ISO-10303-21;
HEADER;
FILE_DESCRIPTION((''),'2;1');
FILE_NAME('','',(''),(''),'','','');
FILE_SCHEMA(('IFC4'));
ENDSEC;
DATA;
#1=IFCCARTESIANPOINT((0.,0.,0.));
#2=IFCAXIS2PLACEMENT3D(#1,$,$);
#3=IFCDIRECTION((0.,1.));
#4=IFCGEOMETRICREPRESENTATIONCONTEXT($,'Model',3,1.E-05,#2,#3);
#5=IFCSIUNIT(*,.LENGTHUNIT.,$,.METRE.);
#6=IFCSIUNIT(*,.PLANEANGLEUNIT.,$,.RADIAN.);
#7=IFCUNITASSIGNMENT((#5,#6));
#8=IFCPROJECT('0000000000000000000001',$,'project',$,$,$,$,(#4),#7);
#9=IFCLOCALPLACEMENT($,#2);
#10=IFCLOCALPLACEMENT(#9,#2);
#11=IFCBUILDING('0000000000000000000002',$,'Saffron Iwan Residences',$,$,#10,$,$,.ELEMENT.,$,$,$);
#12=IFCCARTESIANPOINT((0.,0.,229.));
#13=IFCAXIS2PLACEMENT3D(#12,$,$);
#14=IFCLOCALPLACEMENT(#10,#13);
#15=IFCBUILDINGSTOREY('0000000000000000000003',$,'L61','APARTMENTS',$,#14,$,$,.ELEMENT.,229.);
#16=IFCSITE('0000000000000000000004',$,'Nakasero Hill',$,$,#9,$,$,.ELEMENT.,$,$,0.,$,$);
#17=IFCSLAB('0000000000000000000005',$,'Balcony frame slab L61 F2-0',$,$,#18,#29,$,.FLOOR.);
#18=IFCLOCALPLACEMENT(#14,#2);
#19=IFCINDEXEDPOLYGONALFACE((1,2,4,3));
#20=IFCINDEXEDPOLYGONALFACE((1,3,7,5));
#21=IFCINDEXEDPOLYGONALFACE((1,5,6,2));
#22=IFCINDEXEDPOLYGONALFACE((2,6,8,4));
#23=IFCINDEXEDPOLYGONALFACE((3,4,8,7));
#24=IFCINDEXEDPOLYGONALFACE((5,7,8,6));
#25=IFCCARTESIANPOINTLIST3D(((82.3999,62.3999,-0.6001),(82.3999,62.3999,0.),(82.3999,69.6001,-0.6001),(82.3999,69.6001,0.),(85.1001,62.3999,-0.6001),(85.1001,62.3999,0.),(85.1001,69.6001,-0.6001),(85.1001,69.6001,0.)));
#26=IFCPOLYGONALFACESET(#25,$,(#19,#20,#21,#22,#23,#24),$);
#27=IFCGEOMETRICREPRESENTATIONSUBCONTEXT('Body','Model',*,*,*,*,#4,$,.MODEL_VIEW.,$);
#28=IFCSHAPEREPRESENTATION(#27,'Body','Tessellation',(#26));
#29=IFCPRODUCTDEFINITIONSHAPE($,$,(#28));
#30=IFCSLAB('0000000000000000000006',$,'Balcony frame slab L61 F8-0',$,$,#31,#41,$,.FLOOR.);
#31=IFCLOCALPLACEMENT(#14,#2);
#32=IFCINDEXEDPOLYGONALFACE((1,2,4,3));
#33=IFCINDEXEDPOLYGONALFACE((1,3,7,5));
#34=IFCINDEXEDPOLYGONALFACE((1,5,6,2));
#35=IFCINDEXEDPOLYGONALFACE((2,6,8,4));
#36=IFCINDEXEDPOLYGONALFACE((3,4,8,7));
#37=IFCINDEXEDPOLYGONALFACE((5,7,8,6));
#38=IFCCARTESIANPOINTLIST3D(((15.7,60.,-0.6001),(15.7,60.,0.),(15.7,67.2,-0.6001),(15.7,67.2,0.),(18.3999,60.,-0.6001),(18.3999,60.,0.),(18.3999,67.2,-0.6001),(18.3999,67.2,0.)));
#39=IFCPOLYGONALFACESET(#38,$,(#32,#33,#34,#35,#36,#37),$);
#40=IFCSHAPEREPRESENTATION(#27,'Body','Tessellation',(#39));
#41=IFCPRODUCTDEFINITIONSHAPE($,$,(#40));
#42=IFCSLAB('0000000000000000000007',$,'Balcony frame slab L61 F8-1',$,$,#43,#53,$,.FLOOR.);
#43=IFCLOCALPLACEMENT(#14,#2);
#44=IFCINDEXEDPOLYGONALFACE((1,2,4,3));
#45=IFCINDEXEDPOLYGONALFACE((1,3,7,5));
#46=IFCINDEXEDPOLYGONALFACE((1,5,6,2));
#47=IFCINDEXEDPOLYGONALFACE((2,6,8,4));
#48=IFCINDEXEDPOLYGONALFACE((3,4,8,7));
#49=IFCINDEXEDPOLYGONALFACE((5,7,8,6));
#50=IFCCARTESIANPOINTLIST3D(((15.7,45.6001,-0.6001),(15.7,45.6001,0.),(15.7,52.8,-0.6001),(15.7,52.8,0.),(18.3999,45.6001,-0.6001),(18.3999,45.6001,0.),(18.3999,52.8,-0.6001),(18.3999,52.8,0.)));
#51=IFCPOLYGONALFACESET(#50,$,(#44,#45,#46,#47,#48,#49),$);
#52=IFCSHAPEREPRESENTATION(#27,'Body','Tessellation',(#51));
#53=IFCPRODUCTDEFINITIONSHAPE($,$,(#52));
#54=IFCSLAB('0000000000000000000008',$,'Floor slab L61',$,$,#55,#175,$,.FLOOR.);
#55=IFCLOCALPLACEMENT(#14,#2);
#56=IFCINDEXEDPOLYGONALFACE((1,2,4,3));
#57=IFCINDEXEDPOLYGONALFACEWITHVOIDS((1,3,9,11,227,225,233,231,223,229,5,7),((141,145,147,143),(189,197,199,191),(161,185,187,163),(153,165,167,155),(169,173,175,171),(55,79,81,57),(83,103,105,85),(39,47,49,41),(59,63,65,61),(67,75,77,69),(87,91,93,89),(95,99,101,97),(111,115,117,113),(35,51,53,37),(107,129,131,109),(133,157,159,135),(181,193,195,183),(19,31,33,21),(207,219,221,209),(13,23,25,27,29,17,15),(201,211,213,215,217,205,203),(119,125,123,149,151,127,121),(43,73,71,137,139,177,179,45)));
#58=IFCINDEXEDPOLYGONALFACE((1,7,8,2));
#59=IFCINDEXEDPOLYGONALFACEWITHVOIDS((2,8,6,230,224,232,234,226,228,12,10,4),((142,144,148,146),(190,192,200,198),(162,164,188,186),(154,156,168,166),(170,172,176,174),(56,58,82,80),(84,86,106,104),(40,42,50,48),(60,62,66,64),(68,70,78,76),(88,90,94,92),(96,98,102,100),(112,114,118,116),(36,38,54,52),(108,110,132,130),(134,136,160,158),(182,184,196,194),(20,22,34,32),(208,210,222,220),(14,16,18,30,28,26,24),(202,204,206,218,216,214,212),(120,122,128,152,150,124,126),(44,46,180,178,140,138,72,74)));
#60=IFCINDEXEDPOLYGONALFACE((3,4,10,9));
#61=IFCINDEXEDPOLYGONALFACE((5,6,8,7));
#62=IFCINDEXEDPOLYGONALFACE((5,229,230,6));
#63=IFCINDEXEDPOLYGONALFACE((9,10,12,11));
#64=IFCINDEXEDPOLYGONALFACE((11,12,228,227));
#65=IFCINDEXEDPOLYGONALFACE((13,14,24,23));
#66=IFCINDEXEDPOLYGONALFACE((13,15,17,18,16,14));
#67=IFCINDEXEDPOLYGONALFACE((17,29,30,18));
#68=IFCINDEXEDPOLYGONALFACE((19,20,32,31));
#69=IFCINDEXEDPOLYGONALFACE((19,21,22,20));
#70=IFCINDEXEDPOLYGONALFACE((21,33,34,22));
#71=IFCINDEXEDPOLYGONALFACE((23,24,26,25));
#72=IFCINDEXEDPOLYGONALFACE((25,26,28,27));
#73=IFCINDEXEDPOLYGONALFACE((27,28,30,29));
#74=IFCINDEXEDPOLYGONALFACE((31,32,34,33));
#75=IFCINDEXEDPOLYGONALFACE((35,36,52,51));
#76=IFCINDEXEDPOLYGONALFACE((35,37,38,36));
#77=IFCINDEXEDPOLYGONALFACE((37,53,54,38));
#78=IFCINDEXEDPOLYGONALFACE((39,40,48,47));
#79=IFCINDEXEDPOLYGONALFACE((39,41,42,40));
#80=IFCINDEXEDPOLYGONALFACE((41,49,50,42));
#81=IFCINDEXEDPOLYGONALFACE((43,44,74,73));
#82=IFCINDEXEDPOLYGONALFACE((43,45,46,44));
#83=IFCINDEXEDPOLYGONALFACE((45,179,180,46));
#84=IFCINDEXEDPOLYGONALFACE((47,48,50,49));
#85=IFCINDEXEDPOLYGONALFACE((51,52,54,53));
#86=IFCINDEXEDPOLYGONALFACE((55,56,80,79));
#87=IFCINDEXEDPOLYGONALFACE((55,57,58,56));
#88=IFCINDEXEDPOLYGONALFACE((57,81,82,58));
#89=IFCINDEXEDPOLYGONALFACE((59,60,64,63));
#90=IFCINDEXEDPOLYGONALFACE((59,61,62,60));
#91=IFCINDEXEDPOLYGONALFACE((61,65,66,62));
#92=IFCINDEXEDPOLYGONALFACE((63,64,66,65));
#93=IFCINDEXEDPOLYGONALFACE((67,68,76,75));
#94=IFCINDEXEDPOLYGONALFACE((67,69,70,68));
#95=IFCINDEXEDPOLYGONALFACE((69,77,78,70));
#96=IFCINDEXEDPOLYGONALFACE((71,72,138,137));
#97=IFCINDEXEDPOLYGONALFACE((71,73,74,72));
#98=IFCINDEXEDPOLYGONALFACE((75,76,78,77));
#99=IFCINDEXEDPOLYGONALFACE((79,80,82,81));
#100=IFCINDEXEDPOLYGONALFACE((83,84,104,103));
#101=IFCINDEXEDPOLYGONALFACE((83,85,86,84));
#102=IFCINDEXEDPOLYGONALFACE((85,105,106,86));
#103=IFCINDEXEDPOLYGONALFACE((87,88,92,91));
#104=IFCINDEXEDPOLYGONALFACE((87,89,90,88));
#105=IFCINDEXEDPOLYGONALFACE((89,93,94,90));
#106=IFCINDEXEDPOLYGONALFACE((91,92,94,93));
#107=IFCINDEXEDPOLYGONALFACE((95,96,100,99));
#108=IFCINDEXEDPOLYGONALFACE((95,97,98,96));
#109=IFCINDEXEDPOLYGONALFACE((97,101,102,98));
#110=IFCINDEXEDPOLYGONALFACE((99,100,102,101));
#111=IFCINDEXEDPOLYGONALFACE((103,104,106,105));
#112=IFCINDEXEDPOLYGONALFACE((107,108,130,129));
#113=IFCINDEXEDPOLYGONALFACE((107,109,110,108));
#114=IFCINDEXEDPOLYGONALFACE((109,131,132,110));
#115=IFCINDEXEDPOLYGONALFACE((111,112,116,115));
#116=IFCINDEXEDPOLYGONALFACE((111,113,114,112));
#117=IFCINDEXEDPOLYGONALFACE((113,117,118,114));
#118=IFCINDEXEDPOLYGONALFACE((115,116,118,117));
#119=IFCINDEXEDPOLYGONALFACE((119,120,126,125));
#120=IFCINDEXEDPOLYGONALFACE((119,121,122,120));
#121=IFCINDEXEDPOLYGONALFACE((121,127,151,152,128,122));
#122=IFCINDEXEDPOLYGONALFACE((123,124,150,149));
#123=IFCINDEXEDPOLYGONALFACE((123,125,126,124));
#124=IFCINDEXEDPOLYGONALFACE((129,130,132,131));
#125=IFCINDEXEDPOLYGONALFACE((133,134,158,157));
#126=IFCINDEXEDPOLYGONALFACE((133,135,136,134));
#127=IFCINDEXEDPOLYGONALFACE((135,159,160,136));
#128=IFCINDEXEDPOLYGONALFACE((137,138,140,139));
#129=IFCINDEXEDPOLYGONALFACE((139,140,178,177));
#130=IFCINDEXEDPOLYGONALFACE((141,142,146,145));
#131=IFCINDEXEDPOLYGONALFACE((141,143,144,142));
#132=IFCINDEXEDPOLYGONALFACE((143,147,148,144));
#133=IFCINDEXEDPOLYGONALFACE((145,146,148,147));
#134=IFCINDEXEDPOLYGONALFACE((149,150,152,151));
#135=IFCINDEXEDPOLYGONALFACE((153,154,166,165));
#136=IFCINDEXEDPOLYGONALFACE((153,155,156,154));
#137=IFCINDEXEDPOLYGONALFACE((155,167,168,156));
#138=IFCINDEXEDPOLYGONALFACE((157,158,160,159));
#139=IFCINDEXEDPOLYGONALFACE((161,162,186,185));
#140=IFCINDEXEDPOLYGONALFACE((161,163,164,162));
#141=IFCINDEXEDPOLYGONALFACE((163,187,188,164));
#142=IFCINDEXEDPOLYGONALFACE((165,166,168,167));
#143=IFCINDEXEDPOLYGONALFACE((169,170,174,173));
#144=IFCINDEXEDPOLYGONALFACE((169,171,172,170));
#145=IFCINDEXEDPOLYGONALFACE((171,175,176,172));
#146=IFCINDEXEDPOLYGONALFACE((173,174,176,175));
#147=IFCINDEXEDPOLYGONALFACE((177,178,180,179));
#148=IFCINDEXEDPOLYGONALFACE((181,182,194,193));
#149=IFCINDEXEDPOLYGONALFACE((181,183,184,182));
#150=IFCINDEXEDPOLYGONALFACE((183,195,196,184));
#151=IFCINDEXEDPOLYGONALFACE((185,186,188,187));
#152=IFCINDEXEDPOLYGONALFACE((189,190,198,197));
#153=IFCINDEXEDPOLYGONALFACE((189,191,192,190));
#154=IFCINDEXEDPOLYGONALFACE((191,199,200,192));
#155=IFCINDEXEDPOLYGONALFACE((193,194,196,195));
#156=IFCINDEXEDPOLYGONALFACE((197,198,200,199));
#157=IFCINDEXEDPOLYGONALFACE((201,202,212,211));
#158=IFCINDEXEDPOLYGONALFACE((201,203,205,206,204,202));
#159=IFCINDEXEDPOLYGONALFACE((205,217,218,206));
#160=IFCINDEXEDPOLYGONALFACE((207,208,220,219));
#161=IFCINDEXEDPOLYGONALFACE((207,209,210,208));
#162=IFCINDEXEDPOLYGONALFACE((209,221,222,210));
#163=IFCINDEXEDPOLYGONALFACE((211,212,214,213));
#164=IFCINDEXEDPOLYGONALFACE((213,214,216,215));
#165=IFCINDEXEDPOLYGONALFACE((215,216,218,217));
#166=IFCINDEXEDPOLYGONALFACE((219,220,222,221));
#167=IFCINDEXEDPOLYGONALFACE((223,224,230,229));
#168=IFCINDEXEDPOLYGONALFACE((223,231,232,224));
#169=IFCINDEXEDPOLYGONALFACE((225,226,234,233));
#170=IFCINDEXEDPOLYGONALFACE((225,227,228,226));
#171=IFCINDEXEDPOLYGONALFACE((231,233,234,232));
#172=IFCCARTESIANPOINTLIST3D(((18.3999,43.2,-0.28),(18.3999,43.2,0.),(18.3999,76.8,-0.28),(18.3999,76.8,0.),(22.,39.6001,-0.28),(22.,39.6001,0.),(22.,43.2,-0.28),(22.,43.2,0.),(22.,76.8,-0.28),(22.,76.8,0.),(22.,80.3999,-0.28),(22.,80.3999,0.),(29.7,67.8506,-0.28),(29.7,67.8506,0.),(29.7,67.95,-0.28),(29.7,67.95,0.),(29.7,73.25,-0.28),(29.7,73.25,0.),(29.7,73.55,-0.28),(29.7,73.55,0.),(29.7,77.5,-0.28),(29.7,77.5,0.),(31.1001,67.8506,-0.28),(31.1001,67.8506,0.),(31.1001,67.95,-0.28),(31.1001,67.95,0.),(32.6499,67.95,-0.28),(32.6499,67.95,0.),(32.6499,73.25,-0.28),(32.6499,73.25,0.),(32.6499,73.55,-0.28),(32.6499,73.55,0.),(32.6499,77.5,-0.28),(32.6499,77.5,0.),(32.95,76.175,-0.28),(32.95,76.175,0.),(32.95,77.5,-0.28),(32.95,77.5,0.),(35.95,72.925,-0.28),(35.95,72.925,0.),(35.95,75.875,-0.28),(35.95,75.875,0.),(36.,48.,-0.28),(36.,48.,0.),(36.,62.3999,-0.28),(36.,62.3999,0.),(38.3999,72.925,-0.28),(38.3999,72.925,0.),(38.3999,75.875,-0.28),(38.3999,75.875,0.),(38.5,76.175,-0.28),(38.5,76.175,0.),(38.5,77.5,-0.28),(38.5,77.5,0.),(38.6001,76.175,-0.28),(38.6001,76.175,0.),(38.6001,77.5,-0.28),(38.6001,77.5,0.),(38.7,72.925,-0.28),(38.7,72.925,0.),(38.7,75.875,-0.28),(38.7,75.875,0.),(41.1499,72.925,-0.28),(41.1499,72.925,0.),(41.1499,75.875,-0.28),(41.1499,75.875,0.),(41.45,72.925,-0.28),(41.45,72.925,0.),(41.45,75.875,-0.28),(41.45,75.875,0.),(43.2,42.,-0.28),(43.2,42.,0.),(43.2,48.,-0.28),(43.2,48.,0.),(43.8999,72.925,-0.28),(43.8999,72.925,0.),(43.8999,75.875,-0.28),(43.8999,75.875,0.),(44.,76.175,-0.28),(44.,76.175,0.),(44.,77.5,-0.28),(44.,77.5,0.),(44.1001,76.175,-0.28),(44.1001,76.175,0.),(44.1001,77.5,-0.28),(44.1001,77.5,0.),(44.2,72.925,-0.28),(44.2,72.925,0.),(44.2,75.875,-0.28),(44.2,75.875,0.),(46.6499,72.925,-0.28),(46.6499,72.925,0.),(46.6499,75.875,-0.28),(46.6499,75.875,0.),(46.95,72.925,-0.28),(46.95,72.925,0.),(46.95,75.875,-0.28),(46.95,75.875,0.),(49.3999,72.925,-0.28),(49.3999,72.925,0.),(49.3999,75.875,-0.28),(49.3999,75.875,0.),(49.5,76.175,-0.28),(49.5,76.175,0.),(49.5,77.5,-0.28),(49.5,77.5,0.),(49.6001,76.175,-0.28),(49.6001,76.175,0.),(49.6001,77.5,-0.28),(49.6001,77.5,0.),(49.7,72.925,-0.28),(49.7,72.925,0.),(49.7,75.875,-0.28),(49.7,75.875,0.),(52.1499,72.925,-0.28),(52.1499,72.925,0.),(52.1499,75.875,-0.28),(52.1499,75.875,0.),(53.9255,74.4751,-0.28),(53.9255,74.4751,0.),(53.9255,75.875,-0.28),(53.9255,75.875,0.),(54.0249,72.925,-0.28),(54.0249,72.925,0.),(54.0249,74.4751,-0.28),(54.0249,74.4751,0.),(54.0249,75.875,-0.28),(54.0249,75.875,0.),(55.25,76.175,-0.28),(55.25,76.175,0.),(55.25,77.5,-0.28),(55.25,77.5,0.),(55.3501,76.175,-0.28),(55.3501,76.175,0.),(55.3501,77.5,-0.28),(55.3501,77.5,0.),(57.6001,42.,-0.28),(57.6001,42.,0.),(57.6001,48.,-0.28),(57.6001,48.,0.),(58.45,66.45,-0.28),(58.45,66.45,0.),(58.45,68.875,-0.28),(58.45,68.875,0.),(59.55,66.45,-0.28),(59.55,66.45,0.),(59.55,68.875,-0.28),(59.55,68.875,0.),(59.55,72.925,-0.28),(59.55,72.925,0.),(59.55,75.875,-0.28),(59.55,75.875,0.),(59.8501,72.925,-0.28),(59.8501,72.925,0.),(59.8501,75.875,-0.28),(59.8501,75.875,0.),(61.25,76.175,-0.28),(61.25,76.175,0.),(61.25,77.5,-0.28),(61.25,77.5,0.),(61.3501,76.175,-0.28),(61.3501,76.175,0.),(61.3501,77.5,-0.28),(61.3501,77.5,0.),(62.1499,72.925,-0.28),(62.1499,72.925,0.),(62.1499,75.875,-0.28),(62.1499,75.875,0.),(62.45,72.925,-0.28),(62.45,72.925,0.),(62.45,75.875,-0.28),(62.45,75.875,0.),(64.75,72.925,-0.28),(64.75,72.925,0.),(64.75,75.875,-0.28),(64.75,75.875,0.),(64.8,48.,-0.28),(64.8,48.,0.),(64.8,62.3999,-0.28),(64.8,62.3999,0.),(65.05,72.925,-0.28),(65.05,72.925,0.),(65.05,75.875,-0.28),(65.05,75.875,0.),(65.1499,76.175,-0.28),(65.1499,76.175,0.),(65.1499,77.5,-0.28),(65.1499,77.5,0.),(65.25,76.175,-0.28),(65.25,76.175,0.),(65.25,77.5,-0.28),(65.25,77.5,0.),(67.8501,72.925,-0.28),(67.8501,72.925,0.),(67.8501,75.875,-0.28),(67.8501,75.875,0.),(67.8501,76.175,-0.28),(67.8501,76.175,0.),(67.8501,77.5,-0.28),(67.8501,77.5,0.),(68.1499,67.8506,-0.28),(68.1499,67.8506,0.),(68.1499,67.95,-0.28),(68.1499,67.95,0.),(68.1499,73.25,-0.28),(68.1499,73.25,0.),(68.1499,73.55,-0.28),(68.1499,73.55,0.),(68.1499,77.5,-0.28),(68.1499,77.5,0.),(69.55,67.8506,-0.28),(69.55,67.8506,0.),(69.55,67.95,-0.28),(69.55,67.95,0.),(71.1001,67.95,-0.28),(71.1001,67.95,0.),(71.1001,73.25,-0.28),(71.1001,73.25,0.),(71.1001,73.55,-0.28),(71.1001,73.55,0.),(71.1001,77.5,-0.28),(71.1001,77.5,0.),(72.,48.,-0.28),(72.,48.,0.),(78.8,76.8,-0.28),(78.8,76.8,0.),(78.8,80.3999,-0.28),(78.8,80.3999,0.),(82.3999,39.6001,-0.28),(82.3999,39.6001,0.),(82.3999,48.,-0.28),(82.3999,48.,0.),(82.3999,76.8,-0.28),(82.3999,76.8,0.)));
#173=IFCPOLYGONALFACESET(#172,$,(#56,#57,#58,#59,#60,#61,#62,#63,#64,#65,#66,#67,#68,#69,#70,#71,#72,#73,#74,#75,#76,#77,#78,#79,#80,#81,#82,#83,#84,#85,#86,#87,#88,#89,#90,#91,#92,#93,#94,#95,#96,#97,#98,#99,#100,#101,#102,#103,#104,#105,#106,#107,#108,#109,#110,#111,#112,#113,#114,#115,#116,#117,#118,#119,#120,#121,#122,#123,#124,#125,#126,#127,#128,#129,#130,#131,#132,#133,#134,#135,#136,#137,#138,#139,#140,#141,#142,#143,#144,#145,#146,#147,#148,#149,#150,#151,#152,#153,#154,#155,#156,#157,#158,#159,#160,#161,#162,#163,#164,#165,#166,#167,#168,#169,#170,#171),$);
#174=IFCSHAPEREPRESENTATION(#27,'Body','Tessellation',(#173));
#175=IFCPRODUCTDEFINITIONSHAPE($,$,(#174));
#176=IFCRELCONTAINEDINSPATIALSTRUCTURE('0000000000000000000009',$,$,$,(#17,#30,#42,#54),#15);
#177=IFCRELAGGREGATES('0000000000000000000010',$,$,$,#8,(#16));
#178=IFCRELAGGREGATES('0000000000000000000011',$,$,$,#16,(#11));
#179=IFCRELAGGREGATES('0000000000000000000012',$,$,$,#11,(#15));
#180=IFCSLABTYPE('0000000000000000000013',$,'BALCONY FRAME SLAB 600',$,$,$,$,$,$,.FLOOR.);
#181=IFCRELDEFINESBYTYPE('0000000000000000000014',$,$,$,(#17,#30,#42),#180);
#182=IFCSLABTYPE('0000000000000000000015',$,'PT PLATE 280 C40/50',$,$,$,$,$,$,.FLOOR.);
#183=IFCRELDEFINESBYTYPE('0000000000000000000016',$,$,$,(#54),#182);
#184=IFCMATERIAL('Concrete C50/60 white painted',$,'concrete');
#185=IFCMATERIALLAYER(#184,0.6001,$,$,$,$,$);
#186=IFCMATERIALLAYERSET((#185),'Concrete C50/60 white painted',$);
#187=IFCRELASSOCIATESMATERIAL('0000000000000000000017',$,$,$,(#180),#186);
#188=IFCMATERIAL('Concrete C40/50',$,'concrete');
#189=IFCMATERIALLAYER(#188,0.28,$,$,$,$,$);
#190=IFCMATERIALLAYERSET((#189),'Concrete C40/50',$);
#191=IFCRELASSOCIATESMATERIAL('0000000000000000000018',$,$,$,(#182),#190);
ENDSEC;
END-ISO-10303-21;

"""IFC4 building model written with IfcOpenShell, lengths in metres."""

from ifc_helpers import new_model, si_unit, direction, frame, origin, place, context, subcontext, project, spatial, polyline, outline, extrude, material, layer, layer_set, type_object, element, save


model = new_model("IFC4")

# Units and contexts
model_context = context("Model", 3, precision=1e-05, world=origin(), true_north=direction((0.0, 1.0)))
body_context = subcontext(model_context, "Body", "Model", "MODEL_VIEW")
ifc_project = project(units=[si_unit("LENGTHUNIT", "METRE"), si_unit("PLANEANGLEUNIT", "RADIAN")], contexts=[model_context])

# Site, building, storey
site_placement = place(None, origin())
site = spatial("IfcSite", under=ifc_project, at=site_placement, Name="Nakasero Hill", CompositionType="ELEMENT", RefElevation=0.0)
building_placement = place(site_placement, origin())
building = spatial("IfcBuilding", under=site, at=building_placement, Name="Saffron Iwan Residences", CompositionType="ELEMENT")
storey_placement = place(building_placement, frame((0.0, 0.0, 229.0)))
storey = spatial("IfcBuildingStorey", under=building, at=storey_placement, Name="L61", Description="APARTMENTS", CompositionType="ELEMENT", Elevation=229.0)

# Slabs
ifc_material_1 = material(Name="Concrete C50/60 white painted", Category="concrete")
ifc_layer_1 = layer(ifc_material_1, 0.6001)
ifc_layer_set_1 = layer_set([ifc_layer_1], Name="Concrete C50/60 white painted")
slab_type_1 = type_object("IfcSlabType", Name="BALCONY FRAME SLAB 600", PredefinedType="FLOOR", material=ifc_layer_set_1)
slab_1_placement = place(storey_placement, frame((0.0, 0.0, -0.6001)))
element("IfcSlab", 1, at=slab_1_placement, inside=storey, type_object=slab_type_1, Name="Balcony frame slab L61 F2-0", PredefinedType="FLOOR", context=body_context, shape_type="SweptSolid", body=[
    extrude(outline(polyline([(85.1001, 62.3999), (85.1001, 69.6001), (82.3999, 69.6001), (82.3999, 62.3999), (85.1001, 62.3999)])), origin(), (0.0, 0.0, 1.0), 0.6001),
])
slab_2_placement = place(storey_placement, frame((0.0, 0.0, -0.6001)))
element("IfcSlab", 2, at=slab_2_placement, inside=storey, type_object=slab_type_1, Name="Balcony frame slab L61 F8-0", PredefinedType="FLOOR", context=body_context, shape_type="SweptSolid", body=[
    extrude(outline(polyline([(15.7, 67.2), (15.7, 60.0), (18.3999, 60.0), (18.3999, 67.2), (15.7, 67.2)])), origin(), (0.0, 0.0, 1.0), 0.6001),
])
slab_3_placement = place(storey_placement, frame((0.0, 0.0, -0.6001)))
element("IfcSlab", 3, at=slab_3_placement, inside=storey, type_object=slab_type_1, Name="Balcony frame slab L61 F8-1", PredefinedType="FLOOR", context=body_context, shape_type="SweptSolid", body=[
    extrude(outline(polyline([(15.7, 52.8), (15.7, 45.6001), (18.3999, 45.6001), (18.3999, 52.8), (15.7, 52.8)])), origin(), (0.0, 0.0, 1.0), 0.6001),
])
ifc_material_2 = material(Name="Concrete C40/50", Category="concrete")
ifc_layer_2 = layer(ifc_material_2, 0.28)
ifc_layer_set_2 = layer_set([ifc_layer_2], Name="Concrete C40/50")
slab_type_2 = type_object("IfcSlabType", Name="PT PLATE 280 C40/50", PredefinedType="FLOOR", material=ifc_layer_set_2)
slab_4_placement = place(storey_placement, frame((0.0, 0.0, -0.28)))
element("IfcSlab", 4, at=slab_4_placement, inside=storey, type_object=slab_type_2, Name="Floor slab L61", PredefinedType="FLOOR", context=body_context, shape_type="SweptSolid", body=[
    extrude(outline(polyline([(18.3999, 43.2), (18.3999, 76.8), (22.0, 76.8), (22.0, 80.3999), (78.8, 80.3999), (78.8, 76.8), (82.3999, 76.8), (82.3999, 48.0), (72.0, 48.0), (82.3999, 39.6001), (22.0, 39.6001), (22.0, 43.2), (18.3999, 43.2)]), holes=[polyline([(64.8, 48.0), (64.8, 62.3999), (36.0, 62.3999), (36.0, 48.0), (43.2, 48.0), (43.2, 42.0), (57.6001, 42.0), (57.6001, 48.0), (64.8, 48.0)]), polyline([(29.7, 73.25), (29.7, 67.95), (29.7, 67.8506), (31.1001, 67.8506), (31.1001, 67.95), (32.6499, 67.95), (32.6499, 73.25), (29.7, 73.25)]), polyline([(38.3999, 75.875), (35.95, 75.875), (35.95, 72.925), (38.3999, 72.925), (38.3999, 75.875)]), polyline([(41.1499, 75.875), (38.7, 75.875), (38.7, 72.925), (41.1499, 72.925), (41.1499, 75.875)]), polyline([(43.8999, 72.925), (43.8999, 75.875), (41.45, 75.875), (41.45, 72.925), (43.8999, 72.925)]), polyline([(46.6499, 72.925), (46.6499, 75.875), (44.2, 75.875), (44.2, 72.925), (46.6499, 72.925)]), polyline([(49.3999, 75.875), (46.95, 75.875), (46.95, 72.925), (49.3999, 72.925), (49.3999, 75.875)]), polyline([(52.1499, 72.925), (52.1499, 75.875), (49.7, 75.875), (49.7, 72.925), (52.1499, 72.925)]), polyline([(32.6499, 73.55), (32.6499, 77.5), (29.7, 77.5), (29.7, 73.55), (32.6499, 73.55)]), polyline([(38.5, 77.5), (32.95, 77.5), (32.95, 76.175), (38.5, 76.175), (38.5, 77.5)]), polyline([(44.0, 76.175), (44.0, 77.5), (38.6001, 77.5), (38.6001, 76.175), (44.0, 76.175)]), polyline([(49.5, 76.175), (49.5, 77.5), (44.1001, 77.5), (44.1001, 76.175), (49.5, 76.175)]), polyline([(59.55, 68.875), (58.45, 68.875), (58.45, 66.45), (59.55, 66.45), (59.55, 68.875)]), polyline([(68.1499, 73.25), (68.1499, 67.95), (68.1499, 67.8506), (69.55, 67.8506), (69.55, 67.95), (71.1001, 67.95), (71.1001, 73.25), (68.1499, 73.25)]), polyline([(54.0249, 74.4751), (54.0249, 72.925), (59.55, 72.925), (59.55, 75.875), (54.0249, 75.875), (53.9255, 75.875), (53.9255, 74.4751), (54.0249, 74.4751)]), polyline([(62.1499, 72.925), (62.1499, 75.875), (59.8501, 75.875), (59.8501, 72.925), (62.1499, 72.925)]), polyline([(64.75, 72.925), (64.75, 75.875), (62.45, 75.875), (62.45, 72.925), (64.75, 72.925)]), polyline([(67.8501, 75.875), (65.05, 75.875), (65.05, 72.925), (67.8501, 72.925), (67.8501, 75.875)]), polyline([(71.1001, 73.55), (71.1001, 77.5), (68.1499, 77.5), (68.1499, 73.55), (71.1001, 73.55)]), polyline([(55.25, 76.175), (55.25, 77.5), (49.6001, 77.5), (49.6001, 76.175), (55.25, 76.175)]), polyline([(61.25, 77.5), (55.3501, 77.5), (55.3501, 76.175), (61.25, 76.175), (61.25, 77.5)]), polyline([(65.1499, 76.175), (65.1499, 77.5), (61.3501, 77.5), (61.3501, 76.175), (65.1499, 76.175)]), polyline([(67.8501, 76.175), (67.8501, 77.5), (65.25, 77.5), (65.25, 76.175), (67.8501, 76.175)])]), origin(), (0.0, 0.0, 1.0), 0.28),
])

save(model, "model.ifc")
